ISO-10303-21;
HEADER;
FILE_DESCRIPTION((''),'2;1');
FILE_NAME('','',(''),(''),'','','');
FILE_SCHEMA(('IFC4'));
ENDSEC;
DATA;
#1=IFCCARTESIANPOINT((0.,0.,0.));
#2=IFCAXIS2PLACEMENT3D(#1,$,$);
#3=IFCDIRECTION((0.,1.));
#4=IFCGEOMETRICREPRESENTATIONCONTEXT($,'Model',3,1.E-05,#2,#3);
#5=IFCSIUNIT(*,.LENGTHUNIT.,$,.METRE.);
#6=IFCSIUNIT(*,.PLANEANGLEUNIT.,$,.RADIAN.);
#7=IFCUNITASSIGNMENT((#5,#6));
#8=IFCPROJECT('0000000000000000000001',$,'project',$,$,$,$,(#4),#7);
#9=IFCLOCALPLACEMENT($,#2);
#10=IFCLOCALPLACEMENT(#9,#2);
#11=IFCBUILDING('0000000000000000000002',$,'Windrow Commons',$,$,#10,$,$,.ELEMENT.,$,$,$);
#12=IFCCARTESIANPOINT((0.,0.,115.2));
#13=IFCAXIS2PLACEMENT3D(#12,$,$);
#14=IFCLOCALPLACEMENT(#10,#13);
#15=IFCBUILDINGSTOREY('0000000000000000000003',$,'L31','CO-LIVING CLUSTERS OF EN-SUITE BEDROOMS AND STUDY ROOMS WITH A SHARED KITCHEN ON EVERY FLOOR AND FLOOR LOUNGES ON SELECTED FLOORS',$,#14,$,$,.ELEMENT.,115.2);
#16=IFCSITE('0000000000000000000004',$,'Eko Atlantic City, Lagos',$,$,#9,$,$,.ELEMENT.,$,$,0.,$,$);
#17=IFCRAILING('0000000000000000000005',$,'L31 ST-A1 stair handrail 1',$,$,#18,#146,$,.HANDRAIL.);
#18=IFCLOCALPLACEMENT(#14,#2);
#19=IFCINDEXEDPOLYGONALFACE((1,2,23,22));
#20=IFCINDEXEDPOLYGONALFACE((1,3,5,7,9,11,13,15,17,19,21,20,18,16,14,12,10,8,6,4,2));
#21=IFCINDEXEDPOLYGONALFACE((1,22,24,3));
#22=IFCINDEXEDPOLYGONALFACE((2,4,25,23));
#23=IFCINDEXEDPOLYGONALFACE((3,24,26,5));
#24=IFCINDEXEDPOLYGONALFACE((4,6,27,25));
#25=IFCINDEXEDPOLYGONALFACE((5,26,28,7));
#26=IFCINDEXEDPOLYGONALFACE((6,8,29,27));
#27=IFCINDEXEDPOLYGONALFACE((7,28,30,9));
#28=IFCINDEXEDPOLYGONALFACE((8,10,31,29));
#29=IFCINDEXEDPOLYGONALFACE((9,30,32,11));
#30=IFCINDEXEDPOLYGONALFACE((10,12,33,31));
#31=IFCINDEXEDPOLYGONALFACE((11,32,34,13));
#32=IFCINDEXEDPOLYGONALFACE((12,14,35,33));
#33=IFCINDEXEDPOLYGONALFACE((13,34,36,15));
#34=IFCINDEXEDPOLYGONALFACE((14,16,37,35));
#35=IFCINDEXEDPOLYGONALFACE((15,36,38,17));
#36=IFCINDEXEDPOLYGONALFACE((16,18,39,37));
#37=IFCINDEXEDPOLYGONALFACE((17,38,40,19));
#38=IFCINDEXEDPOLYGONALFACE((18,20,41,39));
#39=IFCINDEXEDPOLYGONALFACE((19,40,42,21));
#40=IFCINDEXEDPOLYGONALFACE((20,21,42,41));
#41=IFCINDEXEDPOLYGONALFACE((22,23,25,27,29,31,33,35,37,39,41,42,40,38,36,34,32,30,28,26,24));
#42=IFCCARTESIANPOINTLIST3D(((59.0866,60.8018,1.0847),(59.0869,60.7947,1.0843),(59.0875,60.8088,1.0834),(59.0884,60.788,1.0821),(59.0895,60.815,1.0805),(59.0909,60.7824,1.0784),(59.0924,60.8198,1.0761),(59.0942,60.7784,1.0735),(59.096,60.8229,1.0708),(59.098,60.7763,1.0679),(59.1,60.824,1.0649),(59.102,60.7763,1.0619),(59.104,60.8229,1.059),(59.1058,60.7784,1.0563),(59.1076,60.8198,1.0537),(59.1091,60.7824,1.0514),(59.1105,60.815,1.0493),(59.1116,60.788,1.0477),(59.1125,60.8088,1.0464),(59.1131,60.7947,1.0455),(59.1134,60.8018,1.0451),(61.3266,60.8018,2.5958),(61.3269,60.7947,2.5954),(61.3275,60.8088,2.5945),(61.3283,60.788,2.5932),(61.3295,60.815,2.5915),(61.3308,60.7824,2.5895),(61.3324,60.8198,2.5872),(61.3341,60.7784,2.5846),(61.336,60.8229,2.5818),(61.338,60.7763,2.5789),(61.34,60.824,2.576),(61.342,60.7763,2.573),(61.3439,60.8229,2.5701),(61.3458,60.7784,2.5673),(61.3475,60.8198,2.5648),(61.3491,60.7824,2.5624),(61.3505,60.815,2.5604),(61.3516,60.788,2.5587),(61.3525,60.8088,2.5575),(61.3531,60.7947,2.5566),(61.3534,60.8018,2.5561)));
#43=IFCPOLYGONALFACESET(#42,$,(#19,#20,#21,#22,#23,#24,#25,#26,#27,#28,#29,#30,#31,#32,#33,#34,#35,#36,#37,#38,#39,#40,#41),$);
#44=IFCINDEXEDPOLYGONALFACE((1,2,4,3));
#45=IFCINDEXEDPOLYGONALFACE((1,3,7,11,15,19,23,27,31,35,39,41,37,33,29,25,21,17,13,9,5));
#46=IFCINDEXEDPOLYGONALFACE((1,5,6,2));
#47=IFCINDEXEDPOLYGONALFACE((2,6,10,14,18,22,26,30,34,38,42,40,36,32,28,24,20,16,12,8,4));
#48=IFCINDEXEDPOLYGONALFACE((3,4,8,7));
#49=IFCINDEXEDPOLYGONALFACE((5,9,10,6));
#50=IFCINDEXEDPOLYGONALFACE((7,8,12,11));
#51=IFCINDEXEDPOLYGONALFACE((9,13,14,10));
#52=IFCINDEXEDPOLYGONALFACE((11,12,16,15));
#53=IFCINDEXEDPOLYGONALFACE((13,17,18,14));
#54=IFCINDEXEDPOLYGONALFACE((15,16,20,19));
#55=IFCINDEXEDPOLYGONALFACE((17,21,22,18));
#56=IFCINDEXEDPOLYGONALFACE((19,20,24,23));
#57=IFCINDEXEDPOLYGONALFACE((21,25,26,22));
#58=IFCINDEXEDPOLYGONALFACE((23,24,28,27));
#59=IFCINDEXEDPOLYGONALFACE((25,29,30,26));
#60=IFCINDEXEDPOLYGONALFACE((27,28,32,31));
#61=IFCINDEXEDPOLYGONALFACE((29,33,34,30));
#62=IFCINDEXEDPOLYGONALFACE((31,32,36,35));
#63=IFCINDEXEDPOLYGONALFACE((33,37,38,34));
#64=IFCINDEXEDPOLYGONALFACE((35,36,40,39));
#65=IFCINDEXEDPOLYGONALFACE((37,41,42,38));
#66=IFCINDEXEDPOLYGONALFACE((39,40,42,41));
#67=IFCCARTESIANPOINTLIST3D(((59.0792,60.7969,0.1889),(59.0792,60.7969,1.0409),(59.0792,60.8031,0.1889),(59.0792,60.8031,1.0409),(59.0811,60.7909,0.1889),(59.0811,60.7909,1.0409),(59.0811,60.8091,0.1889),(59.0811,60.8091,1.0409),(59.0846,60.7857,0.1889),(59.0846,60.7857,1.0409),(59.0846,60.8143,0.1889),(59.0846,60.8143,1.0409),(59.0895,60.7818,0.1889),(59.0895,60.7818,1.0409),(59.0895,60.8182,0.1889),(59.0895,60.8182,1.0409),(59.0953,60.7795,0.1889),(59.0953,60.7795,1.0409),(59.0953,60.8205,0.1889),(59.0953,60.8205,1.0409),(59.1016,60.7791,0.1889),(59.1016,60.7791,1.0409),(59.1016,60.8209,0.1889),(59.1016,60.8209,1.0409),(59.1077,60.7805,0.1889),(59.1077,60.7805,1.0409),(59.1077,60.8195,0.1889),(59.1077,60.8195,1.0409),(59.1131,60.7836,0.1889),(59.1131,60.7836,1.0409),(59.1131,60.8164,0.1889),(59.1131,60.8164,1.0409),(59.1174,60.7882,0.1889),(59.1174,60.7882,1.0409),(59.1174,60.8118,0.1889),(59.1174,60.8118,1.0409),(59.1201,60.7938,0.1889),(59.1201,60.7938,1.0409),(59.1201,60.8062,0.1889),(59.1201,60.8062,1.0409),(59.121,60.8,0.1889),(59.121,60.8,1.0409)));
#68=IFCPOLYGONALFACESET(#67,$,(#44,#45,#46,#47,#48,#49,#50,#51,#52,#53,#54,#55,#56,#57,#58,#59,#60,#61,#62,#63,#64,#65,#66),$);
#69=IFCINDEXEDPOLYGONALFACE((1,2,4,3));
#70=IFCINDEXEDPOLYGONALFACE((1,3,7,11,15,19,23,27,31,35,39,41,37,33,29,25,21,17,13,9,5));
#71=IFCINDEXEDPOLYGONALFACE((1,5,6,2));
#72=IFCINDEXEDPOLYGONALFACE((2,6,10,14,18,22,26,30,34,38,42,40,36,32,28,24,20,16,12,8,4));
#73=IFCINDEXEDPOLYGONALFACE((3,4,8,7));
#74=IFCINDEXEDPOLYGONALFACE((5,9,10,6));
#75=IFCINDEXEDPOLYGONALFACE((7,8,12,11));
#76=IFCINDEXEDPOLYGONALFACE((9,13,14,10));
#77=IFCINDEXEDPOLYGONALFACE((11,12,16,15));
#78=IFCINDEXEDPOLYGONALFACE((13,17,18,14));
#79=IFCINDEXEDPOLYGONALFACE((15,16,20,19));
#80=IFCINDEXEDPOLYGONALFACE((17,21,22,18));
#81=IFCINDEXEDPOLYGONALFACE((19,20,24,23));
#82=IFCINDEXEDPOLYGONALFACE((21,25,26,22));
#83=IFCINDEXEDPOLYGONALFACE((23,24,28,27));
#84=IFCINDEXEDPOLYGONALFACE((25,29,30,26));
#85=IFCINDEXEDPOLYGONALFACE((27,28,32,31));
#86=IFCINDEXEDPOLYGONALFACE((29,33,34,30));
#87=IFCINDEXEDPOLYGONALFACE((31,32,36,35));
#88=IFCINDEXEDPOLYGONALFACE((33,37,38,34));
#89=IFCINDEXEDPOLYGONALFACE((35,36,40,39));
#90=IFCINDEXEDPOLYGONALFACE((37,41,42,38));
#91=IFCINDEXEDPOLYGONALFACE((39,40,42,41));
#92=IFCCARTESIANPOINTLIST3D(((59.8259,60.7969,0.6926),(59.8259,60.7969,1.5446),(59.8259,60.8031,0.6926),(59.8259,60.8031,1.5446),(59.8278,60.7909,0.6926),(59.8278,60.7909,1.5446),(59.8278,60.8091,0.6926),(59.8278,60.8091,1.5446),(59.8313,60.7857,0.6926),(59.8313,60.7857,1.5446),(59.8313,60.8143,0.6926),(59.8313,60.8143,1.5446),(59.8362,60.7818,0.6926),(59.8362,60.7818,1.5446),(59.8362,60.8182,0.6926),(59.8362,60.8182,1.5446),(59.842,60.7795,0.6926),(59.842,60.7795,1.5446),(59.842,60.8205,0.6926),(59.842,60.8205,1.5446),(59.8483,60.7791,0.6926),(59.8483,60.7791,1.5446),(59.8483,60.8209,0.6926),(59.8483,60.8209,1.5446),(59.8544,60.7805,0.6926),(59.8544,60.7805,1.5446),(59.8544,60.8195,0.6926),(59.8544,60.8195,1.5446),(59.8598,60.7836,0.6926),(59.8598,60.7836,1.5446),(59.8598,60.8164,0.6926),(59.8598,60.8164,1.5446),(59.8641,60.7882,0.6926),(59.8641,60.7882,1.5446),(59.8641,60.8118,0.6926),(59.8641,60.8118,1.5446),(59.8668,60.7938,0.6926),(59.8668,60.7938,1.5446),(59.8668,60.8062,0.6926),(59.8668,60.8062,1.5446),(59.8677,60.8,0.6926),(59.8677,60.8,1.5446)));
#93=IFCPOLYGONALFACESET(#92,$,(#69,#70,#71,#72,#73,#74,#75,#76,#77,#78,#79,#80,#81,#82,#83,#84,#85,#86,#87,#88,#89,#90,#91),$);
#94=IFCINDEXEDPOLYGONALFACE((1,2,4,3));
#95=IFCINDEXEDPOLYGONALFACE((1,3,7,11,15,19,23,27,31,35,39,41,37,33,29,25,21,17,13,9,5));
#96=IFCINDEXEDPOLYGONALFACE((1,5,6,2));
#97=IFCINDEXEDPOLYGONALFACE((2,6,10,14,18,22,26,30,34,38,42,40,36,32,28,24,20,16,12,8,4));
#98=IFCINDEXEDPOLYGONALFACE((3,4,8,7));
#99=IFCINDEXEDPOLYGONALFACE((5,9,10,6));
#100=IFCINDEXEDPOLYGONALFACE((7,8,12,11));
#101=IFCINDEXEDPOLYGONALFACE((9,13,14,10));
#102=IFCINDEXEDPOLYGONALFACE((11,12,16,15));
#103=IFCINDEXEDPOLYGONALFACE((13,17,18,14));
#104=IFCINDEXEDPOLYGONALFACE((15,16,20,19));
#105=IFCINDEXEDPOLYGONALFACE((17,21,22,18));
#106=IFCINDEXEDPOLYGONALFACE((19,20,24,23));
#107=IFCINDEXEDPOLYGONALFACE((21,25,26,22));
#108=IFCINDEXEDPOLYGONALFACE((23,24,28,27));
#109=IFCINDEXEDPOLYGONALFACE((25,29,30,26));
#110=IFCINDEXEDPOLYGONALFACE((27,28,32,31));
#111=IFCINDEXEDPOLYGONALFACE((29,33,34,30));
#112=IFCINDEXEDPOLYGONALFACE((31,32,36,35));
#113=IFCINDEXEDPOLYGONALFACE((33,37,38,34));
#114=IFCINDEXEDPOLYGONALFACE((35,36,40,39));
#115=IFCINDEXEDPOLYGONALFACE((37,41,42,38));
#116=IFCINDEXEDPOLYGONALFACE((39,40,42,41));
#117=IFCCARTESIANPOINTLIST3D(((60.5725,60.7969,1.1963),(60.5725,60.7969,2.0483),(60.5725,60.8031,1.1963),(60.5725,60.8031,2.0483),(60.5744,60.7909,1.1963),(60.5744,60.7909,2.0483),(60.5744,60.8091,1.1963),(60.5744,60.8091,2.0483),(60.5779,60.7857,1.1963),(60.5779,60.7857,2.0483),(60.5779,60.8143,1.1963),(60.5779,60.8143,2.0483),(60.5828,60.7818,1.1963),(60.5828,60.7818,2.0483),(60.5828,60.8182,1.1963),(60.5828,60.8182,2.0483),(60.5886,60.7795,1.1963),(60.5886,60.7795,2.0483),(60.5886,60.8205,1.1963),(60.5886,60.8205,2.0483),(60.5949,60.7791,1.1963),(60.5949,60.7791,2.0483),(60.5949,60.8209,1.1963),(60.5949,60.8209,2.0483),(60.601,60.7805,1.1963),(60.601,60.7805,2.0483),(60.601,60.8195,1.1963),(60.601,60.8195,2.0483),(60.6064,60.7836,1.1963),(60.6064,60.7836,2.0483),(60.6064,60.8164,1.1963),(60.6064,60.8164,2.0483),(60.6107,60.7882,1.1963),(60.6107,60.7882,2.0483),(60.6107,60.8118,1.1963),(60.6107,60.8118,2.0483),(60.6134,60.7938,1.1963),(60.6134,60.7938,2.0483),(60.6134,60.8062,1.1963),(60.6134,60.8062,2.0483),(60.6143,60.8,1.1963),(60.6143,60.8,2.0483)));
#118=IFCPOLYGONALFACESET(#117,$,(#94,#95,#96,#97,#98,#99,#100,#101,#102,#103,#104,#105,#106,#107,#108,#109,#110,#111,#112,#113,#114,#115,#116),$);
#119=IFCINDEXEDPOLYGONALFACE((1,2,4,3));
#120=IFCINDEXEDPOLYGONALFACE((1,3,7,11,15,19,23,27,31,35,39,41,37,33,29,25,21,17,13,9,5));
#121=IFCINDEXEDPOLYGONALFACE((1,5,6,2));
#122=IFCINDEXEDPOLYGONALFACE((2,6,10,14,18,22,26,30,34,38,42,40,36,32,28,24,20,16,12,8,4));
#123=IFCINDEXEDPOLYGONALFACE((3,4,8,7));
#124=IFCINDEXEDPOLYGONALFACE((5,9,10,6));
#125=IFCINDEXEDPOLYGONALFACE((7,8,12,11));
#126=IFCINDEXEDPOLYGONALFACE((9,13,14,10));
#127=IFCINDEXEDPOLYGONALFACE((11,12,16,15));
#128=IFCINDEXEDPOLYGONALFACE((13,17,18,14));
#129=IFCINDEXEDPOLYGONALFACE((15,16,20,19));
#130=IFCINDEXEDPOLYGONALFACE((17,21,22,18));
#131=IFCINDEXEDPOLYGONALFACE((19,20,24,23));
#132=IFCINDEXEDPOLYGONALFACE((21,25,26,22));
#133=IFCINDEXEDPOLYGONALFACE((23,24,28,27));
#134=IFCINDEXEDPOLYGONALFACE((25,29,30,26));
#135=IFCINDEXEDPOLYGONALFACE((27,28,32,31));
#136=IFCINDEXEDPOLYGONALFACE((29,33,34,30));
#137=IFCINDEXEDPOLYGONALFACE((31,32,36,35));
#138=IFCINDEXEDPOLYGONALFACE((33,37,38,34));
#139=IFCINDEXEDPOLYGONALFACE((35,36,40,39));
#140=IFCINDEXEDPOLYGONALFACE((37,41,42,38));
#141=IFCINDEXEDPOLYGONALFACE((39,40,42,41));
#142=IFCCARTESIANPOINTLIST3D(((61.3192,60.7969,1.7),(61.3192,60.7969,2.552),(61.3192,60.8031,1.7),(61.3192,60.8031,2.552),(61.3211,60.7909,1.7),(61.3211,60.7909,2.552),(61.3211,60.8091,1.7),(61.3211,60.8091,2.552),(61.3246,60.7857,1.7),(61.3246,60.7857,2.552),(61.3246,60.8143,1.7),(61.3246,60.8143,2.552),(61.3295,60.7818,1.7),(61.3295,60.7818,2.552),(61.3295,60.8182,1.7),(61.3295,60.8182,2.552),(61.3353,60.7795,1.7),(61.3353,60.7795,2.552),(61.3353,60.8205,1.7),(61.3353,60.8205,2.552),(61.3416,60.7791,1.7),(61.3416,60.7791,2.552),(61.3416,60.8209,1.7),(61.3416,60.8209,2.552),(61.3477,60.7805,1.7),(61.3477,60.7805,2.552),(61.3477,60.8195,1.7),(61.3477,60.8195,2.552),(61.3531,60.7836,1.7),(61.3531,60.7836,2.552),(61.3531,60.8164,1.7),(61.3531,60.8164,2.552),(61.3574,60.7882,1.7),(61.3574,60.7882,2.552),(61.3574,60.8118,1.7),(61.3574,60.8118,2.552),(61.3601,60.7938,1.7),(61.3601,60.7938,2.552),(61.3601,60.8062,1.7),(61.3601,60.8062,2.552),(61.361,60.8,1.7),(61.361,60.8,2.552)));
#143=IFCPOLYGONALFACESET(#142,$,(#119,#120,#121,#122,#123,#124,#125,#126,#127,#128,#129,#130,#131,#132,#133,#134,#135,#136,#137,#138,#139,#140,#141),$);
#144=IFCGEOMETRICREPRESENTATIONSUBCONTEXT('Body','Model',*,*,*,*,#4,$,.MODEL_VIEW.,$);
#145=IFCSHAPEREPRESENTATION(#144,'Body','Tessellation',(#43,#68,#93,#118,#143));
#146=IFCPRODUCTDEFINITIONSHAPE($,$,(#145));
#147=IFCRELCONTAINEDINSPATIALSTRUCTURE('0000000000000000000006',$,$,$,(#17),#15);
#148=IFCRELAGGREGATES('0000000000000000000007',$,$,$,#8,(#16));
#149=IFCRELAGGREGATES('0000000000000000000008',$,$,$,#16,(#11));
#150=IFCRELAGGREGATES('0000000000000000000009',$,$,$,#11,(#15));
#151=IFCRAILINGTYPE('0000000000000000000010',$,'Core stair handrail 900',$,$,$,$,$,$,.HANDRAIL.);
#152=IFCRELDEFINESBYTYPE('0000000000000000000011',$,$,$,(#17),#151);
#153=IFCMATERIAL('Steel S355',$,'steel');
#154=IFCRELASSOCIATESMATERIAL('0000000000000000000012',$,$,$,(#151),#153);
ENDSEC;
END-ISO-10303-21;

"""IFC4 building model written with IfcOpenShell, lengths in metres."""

from ifc_helpers import new_model, si_unit, direction, frame, origin, origin_2d, place, context, subcontext, project, spatial, circle, extrude, material, type_object, element, save


model = new_model("IFC4")

# Units and contexts
model_context = context("Model", 3, precision=1e-05, world=origin(), true_north=direction((0.0, 1.0)))
body_context = subcontext(model_context, "Body", "Model", "MODEL_VIEW")
ifc_project = project(units=[si_unit("LENGTHUNIT", "METRE"), si_unit("PLANEANGLEUNIT", "RADIAN")], contexts=[model_context])

# Site, building, storey
site_placement = place(None, origin())
site = spatial("IfcSite", under=ifc_project, at=site_placement, Name="Eko Atlantic City, Lagos", CompositionType="ELEMENT", RefElevation=0.0)
building_placement = place(site_placement, origin())
building = spatial("IfcBuilding", under=site, at=building_placement, Name="Windrow Commons", CompositionType="ELEMENT")
storey_placement = place(building_placement, frame((0.0, 0.0, 115.2)))
storey = spatial("IfcBuildingStorey", under=building, at=storey_placement, Name="L31", Description="CO-LIVING CLUSTERS OF EN-SUITE BEDROOMS AND STUDY ROOMS WITH A SHARED KITCHEN ON EVERY FLOOR AND FLOOR LOUNGES ON SELECTED FLOORS", CompositionType="ELEMENT", Elevation=115.2)

# Railing
ifc_material_1 = material(Name="Steel S355", Category="steel")
railing_type = type_object("IfcRailingType", Name="Core stair handrail 900", PredefinedType="HANDRAIL", material=ifc_material_1)
for number, where, name in (
    (1, (59.1, 60.8, 0.1889), "L31 ST-A1 stair handrail 1"),
):
    element("IfcRailing", number, at=place(storey_placement, frame(where)), inside=storey, type_object=railing_type, Name=name, PredefinedType="HANDRAIL", context=body_context, shape_type="SweptSolid", body=[
        extrude(circle(Radius=0.024, at=origin_2d()), frame((0.0, 0.0, 0.876), z_axis=(0.829003, 0.0, 0.559244), x_axis=(0.0, 1.0, 0.0)), (0.0, 0.0, 1.0), 2.702),
        extrude(circle(Radius=0.021, at=origin_2d()), origin(), (0.0, 0.0, 1.0), 0.852),
        extrude(circle(Radius=0.021, at=origin_2d()), frame((0.7467, 0.0, 0.5037)), (0.0, 0.0, 1.0), 0.852),
        extrude(circle(Radius=0.021, at=origin_2d()), frame((1.4933, 0.0, 1.0074)), (0.0, 0.0, 1.0), 0.852),
        extrude(circle(Radius=0.021, at=origin_2d()), frame((2.24, 0.0, 1.5111)), (0.0, 0.0, 1.0), 0.852),
    ])

save(model, "model.ifc")
